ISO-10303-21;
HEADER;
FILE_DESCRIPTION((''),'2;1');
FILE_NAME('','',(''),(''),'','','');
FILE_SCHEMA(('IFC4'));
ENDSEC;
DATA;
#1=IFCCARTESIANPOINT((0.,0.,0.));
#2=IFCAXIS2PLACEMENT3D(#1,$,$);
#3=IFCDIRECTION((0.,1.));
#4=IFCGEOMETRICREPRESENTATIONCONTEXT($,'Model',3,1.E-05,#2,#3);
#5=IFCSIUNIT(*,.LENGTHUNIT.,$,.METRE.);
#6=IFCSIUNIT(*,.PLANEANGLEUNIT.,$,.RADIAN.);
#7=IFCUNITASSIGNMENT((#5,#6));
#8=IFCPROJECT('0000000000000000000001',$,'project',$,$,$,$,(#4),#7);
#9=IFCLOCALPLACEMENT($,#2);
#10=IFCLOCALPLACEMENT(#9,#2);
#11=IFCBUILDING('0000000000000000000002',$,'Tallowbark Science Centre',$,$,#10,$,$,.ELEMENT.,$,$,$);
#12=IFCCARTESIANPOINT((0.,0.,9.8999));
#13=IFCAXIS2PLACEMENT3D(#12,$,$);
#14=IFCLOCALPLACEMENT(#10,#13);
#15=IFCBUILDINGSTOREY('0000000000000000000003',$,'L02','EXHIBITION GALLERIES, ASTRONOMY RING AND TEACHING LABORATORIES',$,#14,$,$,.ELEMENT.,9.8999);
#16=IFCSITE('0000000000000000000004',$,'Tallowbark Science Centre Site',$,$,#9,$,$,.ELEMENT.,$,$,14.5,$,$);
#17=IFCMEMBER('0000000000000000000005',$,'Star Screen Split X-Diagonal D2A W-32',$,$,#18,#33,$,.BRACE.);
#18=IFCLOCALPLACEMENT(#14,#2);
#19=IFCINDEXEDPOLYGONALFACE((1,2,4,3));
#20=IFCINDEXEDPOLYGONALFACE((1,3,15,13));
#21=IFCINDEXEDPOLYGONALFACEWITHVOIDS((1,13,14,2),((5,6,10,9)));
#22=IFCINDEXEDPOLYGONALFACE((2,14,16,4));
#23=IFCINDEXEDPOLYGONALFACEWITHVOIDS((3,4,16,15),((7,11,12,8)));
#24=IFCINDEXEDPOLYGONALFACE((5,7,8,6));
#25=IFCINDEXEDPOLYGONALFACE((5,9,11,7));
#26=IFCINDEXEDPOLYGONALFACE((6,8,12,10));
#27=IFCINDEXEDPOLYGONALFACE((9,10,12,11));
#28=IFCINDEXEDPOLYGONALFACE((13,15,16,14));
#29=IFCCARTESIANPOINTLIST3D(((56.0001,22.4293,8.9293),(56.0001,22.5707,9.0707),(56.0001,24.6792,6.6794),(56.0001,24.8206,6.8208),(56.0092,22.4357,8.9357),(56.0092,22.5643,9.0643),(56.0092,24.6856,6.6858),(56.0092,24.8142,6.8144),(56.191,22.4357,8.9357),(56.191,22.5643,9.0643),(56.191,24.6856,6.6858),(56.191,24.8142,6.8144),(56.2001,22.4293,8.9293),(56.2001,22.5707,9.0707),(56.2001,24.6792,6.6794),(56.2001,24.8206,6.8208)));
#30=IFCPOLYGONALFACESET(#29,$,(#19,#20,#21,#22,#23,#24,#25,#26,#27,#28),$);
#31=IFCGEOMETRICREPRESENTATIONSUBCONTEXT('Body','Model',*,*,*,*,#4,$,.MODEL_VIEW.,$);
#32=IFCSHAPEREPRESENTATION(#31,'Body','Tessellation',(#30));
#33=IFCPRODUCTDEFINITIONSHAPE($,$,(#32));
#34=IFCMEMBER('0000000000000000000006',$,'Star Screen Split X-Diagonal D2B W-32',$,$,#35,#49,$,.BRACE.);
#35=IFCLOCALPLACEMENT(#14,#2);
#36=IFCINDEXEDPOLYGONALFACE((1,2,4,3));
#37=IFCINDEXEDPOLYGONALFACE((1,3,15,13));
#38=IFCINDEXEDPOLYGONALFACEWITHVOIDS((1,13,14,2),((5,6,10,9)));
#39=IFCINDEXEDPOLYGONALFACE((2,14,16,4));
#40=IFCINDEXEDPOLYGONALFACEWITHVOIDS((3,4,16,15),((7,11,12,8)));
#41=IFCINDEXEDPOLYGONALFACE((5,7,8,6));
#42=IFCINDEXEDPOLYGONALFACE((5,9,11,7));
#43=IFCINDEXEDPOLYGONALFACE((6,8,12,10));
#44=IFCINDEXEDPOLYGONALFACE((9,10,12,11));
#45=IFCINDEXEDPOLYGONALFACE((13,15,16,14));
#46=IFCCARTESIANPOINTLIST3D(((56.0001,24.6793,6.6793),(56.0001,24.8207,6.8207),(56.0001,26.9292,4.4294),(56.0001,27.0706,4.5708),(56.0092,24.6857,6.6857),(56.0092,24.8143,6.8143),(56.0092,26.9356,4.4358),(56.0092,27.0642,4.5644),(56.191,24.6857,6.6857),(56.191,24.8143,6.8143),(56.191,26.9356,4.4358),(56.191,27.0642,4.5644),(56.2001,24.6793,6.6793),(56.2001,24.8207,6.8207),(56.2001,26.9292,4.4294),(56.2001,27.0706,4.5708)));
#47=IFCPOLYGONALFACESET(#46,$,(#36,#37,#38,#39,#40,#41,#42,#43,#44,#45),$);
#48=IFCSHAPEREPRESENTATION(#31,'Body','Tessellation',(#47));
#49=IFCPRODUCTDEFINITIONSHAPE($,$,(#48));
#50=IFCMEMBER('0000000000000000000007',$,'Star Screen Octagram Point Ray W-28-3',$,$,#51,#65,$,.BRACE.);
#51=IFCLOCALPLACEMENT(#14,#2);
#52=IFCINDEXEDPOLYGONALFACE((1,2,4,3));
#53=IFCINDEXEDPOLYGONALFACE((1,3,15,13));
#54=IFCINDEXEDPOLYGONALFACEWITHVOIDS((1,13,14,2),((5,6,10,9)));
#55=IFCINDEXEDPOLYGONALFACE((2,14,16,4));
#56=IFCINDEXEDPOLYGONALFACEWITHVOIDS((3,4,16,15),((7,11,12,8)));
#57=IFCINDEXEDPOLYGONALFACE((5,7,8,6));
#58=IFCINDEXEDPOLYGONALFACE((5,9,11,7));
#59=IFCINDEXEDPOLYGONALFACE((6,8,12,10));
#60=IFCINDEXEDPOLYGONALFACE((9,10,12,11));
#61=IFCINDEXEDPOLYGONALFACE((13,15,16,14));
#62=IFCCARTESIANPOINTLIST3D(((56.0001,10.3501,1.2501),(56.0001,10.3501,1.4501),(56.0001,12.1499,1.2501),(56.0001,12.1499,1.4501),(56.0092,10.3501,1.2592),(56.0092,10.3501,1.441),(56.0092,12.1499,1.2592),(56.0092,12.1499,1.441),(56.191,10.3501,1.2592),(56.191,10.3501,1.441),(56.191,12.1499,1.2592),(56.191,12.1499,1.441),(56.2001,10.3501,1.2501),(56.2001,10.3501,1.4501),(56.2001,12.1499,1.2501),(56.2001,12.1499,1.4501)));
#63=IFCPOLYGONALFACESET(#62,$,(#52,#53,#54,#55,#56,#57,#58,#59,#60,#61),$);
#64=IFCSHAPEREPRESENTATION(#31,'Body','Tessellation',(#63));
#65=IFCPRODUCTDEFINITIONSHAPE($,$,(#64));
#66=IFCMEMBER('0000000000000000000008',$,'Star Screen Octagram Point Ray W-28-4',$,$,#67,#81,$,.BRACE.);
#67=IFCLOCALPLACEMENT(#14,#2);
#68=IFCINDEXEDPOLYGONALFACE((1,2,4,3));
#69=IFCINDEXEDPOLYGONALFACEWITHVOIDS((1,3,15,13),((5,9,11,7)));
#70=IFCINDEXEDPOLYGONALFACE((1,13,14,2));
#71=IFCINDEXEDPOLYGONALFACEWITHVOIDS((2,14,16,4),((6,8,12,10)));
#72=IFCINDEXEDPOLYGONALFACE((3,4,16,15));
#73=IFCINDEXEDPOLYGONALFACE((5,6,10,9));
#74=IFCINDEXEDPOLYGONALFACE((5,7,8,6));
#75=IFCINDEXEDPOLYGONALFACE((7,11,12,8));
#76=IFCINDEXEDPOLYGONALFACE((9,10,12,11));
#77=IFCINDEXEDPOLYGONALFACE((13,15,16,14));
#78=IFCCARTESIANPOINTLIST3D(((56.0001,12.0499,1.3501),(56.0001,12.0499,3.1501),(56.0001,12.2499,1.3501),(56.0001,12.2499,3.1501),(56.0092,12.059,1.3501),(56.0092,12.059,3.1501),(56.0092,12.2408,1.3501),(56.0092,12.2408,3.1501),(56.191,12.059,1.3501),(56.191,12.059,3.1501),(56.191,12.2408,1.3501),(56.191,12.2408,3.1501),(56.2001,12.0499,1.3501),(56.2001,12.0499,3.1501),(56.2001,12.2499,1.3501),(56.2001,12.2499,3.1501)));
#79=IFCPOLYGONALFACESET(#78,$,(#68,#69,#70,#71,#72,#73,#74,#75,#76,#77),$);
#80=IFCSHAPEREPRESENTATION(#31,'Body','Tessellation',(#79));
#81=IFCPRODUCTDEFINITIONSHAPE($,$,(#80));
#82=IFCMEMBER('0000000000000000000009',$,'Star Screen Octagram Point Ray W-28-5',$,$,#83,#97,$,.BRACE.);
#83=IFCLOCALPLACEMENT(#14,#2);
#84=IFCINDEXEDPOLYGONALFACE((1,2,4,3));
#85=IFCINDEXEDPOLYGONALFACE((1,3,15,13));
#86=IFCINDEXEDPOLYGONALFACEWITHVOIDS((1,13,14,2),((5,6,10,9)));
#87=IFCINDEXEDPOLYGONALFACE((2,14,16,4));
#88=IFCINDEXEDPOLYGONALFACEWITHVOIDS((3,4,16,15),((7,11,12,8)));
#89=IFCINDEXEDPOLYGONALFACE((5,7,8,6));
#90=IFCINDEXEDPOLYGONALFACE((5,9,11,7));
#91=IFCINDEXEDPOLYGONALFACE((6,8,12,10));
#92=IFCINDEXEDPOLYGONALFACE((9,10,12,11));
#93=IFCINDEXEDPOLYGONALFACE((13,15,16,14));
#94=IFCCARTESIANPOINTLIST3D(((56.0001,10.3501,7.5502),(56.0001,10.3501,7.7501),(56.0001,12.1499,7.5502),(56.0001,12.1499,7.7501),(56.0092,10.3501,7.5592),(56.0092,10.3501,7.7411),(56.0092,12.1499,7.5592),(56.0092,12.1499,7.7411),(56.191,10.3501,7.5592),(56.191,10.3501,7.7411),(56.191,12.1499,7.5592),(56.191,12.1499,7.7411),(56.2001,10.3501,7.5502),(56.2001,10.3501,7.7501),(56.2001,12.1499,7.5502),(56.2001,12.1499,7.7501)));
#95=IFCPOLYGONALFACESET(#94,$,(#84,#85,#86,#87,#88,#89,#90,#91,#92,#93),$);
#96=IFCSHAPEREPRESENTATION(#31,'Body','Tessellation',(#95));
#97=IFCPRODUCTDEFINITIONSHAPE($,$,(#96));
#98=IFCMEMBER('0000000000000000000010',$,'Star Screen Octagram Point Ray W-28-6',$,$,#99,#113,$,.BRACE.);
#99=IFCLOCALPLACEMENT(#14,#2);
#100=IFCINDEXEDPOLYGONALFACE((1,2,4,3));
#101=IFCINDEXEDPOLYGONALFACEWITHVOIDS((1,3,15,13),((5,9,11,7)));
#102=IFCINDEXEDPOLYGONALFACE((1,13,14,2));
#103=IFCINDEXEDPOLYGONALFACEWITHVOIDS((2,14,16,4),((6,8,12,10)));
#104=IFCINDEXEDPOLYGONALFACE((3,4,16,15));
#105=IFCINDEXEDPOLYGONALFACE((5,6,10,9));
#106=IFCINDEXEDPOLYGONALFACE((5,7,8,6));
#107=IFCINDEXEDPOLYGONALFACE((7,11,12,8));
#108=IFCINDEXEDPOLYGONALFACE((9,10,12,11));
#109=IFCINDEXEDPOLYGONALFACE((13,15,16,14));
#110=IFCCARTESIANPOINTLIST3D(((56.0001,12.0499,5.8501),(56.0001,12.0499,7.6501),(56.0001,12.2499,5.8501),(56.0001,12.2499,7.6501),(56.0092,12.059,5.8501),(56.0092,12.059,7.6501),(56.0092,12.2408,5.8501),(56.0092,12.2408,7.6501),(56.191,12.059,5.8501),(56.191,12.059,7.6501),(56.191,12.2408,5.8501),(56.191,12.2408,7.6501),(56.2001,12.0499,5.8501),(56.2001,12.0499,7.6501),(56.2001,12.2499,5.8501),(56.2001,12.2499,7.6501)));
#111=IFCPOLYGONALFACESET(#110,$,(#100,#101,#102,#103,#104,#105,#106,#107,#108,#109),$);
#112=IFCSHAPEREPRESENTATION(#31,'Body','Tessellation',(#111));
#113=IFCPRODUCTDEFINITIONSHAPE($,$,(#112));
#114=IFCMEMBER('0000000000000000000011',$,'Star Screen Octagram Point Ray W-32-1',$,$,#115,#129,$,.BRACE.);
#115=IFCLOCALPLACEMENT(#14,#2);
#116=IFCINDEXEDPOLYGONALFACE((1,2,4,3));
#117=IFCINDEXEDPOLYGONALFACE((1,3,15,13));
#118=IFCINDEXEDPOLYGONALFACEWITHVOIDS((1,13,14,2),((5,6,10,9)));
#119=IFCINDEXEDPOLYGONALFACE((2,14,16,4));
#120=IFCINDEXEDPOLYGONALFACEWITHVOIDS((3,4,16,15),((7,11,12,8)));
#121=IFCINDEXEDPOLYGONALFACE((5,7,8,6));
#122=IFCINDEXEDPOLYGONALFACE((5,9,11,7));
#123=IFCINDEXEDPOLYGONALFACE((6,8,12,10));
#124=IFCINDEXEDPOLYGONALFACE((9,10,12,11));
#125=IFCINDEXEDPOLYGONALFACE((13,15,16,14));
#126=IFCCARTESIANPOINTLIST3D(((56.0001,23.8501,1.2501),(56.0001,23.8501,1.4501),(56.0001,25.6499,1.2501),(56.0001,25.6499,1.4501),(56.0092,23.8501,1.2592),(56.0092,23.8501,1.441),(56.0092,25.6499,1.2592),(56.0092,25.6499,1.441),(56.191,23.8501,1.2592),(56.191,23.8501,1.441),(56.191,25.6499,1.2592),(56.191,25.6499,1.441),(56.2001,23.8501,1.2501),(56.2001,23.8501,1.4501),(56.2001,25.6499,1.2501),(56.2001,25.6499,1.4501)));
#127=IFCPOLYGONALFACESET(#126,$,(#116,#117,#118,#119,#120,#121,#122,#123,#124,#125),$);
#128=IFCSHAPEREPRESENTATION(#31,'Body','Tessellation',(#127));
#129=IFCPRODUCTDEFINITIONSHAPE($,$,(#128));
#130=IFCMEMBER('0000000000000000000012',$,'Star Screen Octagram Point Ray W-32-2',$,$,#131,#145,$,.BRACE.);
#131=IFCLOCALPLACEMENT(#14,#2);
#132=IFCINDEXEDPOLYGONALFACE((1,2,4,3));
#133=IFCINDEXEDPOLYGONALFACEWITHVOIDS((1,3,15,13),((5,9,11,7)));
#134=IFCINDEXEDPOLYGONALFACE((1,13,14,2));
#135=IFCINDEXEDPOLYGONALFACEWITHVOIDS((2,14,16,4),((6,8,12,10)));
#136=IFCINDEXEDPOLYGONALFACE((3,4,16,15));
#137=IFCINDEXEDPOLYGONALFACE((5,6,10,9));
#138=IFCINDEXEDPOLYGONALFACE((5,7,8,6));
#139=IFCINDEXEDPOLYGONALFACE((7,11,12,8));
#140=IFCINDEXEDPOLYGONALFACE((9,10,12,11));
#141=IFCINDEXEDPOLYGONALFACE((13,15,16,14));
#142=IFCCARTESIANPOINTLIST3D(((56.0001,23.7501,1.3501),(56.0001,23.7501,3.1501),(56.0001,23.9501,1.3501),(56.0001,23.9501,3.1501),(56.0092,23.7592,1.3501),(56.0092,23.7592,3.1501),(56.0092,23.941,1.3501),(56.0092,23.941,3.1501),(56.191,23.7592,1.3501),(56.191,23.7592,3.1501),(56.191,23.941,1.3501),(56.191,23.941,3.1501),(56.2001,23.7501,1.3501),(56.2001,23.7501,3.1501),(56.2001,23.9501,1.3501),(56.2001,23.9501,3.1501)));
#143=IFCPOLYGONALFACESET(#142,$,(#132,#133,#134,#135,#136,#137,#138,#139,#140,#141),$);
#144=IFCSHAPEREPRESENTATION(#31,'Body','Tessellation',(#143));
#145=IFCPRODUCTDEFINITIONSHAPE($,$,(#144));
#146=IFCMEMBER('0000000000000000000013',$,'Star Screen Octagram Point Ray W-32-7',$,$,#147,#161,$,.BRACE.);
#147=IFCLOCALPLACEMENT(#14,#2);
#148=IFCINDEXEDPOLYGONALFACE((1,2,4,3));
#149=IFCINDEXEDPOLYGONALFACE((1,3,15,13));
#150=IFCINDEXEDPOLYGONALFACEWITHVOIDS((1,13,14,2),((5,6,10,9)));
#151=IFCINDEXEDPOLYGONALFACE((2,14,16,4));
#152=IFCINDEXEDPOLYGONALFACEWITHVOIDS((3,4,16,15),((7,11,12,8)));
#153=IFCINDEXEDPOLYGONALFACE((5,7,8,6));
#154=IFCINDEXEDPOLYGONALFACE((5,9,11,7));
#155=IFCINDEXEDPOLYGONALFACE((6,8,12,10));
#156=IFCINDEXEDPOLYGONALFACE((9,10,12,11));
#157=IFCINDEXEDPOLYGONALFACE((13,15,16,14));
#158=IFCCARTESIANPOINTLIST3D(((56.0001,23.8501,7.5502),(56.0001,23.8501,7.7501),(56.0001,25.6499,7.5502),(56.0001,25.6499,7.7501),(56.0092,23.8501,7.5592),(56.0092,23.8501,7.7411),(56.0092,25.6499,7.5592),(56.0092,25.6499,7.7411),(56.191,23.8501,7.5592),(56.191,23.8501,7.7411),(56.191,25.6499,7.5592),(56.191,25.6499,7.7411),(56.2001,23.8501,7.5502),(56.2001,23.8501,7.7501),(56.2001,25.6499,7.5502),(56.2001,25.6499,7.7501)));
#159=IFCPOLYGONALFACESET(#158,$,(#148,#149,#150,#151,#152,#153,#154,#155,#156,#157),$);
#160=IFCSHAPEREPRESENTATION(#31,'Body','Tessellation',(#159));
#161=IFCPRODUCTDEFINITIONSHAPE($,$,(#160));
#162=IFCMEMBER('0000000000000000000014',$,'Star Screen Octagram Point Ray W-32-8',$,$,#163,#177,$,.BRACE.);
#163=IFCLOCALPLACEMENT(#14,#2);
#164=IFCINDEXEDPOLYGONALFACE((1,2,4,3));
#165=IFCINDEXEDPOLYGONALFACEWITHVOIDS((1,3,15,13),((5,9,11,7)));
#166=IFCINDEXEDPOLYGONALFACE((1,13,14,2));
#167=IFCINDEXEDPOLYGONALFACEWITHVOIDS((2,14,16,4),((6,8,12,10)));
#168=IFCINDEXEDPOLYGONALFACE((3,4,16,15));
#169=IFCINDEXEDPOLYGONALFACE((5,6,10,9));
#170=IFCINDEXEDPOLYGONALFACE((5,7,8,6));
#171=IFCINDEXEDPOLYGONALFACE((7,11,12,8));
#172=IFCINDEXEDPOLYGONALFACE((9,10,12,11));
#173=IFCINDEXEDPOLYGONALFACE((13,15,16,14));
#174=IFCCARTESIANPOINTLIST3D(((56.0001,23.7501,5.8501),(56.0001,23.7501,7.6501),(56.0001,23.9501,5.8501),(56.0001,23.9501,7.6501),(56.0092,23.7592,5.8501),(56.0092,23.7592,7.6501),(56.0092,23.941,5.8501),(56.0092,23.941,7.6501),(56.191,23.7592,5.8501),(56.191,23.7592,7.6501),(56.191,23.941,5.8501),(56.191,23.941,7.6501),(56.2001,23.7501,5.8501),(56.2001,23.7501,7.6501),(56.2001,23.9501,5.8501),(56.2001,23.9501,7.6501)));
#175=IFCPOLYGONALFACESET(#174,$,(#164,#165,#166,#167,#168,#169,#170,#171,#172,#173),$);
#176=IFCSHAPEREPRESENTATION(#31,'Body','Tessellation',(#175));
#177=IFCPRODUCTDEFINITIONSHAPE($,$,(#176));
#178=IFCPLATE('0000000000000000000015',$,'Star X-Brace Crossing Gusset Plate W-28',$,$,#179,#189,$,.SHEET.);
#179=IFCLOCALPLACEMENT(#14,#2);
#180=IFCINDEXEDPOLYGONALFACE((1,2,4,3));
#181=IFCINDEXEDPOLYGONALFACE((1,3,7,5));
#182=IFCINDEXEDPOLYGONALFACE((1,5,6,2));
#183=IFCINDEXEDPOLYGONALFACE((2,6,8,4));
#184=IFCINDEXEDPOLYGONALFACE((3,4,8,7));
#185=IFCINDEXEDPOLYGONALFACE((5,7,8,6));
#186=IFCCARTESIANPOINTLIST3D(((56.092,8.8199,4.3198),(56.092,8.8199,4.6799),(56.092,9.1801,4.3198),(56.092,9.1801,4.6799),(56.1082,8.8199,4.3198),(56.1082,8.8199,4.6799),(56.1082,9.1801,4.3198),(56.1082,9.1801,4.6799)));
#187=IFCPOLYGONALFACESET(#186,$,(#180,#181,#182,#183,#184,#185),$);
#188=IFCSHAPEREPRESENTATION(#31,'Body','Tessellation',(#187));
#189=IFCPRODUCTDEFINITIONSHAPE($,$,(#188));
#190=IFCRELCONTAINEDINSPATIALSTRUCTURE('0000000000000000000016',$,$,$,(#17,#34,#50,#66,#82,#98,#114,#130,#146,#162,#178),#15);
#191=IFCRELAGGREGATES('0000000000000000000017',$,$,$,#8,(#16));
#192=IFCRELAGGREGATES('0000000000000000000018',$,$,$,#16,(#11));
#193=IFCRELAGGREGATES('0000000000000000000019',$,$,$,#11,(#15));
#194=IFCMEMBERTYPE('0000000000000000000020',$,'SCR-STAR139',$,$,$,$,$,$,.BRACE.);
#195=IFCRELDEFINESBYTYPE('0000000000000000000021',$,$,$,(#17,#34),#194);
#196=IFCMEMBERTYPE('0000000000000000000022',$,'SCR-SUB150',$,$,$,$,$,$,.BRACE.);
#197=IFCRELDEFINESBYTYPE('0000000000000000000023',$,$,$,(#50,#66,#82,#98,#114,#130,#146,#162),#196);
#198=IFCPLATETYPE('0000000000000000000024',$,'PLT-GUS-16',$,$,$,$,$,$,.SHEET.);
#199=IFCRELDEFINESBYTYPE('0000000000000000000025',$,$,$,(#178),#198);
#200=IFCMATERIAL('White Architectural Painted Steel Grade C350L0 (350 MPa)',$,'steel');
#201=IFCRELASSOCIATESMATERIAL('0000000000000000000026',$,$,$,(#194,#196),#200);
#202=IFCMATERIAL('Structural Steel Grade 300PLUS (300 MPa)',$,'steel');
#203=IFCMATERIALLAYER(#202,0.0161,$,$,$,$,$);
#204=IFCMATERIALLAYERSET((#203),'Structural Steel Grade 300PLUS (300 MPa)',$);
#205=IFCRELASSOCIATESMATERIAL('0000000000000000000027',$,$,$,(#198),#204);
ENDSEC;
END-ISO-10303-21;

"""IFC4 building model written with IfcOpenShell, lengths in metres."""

from ifc_helpers import new_model, si_unit, direction, frame, origin, origin_2d, place, context, subcontext, project, spatial, rectangle, hollow_rectangle, extrude, material, layer, layer_set, material_profile, profile_set, type_object, element, save


model = new_model("IFC4")

# Units and contexts
model_context = context("Model", 3, precision=1e-05, world=origin(), true_north=direction((0.0, 1.0)))
body_context = subcontext(model_context, "Body", "Model", "MODEL_VIEW")
ifc_project = project(units=[si_unit("LENGTHUNIT", "METRE"), si_unit("PLANEANGLEUNIT", "RADIAN")], contexts=[model_context])

# Site, building, storey
site_placement = place(None, origin())
site = spatial("IfcSite", under=ifc_project, at=site_placement, Name="Tallowbark Science Centre Site", CompositionType="ELEMENT", RefElevation=14.5)
building_placement = place(site_placement, origin())
building = spatial("IfcBuilding", under=site, at=building_placement, Name="Tallowbark Science Centre", CompositionType="ELEMENT")
storey_placement = place(building_placement, frame((0.0, 0.0, 9.8999)))
storey = spatial("IfcBuildingStorey", under=building, at=storey_placement, Name="L02", Description="EXHIBITION GALLERIES, ASTRONOMY RING AND TEACHING LABORATORIES", CompositionType="ELEMENT", Elevation=9.8999)

# Shared definitions
ifc_material_1 = material(Name="White Architectural Painted Steel Grade C350L0 (350 MPa)", Category="steel")

# Members
ifc_material_profile_1 = material_profile(ifc_material_1, hollow_rectangle(XDim=0.2, YDim=0.2, WallThickness=0.009, at=origin_2d()), Name="200x200x9.0SHS")
ifc_profile_set_1 = profile_set([ifc_material_profile_1], Name="White Architectural Painted Steel Grade C350L0 (350 MPa)")
member_type_1 = type_object("IfcMemberType", Name="SCR-STAR139", PredefinedType="BRACE", material=ifc_profile_set_1)
for number, where, z_axis, x_axis, name in (
    (1, (56.1001, 22.5, 9.0), (0.0, 0.707107, -0.707107), (-1.0, 0.0, 0.0), "Star Screen Split X-Diagonal D2A W-32"),
    (2, (56.1001, 24.75, 6.75), (0.0, 0.707107, -0.707107), (-1.0, 0.0, 0.0), "Star Screen Split X-Diagonal D2B W-32"),
):
    element("IfcMember", number, at=place(storey_placement, frame(where, z_axis=z_axis, x_axis=x_axis)), inside=storey, type_object=member_type_1, Name=name, PredefinedType="BRACE", context=body_context, shape_type="SweptSolid", body=[
        extrude(hollow_rectangle(XDim=0.2, YDim=0.2, WallThickness=0.009, at=origin_2d()), origin(), (0.0, 0.0, 1.0), 3.1819),
    ])
ifc_material_profile_2 = material_profile(ifc_material_1, hollow_rectangle(XDim=0.2, YDim=0.2, WallThickness=0.009, at=origin_2d()), Name="200x200x9.0SHS")
ifc_profile_set_2 = profile_set([ifc_material_profile_2], Name="White Architectural Painted Steel Grade C350L0 (350 MPa)")
member_type_2 = type_object("IfcMemberType", Name="SCR-SUB150", PredefinedType="BRACE", material=ifc_profile_set_2)
member_1_placement = place(storey_placement, frame((56.1001, 12.1499, 1.3501), z_axis=(0.0, -1.0, 0.0), x_axis=(1.0, 0.0, 0.0)))
element("IfcMember", 3, at=member_1_placement, inside=storey, type_object=member_type_2, Name="Star Screen Octagram Point Ray W-28-3", PredefinedType="BRACE", context=body_context, shape_type="SweptSolid", body=[
    extrude(hollow_rectangle(XDim=0.2, YDim=0.2, WallThickness=0.009, at=origin_2d()), origin(), (0.0, 0.0, 1.0), 1.7998),
])
member_2_placement = place(storey_placement, frame((56.1001, 12.1499, 1.3501), z_axis=(0.0, 0.0, 1.0), x_axis=(1.0, 0.0, 0.0)))
element("IfcMember", 4, at=member_2_placement, inside=storey, type_object=member_type_2, Name="Star Screen Octagram Point Ray W-28-4", PredefinedType="BRACE", context=body_context, shape_type="SweptSolid", body=[
    extrude(hollow_rectangle(XDim=0.2, YDim=0.2, WallThickness=0.009, at=origin_2d()), origin(), (0.0, 0.0, 1.0), 1.8),
])
member_3_placement = place(storey_placement, frame((56.1001, 12.1499, 7.6501), z_axis=(0.0, -1.0, 0.0), x_axis=(1.0, 0.0, 0.0)))
element("IfcMember", 5, at=member_3_placement, inside=storey, type_object=member_type_2, Name="Star Screen Octagram Point Ray W-28-5", PredefinedType="BRACE", context=body_context, shape_type="SweptSolid", body=[
    extrude(hollow_rectangle(XDim=0.2, YDim=0.2, WallThickness=0.009, at=origin_2d()), origin(), (0.0, 0.0, 1.0), 1.7998),
])
member_4_placement = place(storey_placement, frame((56.1001, 12.1499, 7.6501), z_axis=(0.0, 0.0, -1.0), x_axis=(1.0, 0.0, 0.0)))
element("IfcMember", 6, at=member_4_placement, inside=storey, type_object=member_type_2, Name="Star Screen Octagram Point Ray W-28-6", PredefinedType="BRACE", context=body_context, shape_type="SweptSolid", body=[
    extrude(hollow_rectangle(XDim=0.2, YDim=0.2, WallThickness=0.009, at=origin_2d()), origin(), (0.0, 0.0, 1.0), 1.8),
])
member_5_placement = place(storey_placement, frame((56.1001, 23.8501, 1.3501), z_axis=(0.0, 1.0, 0.0), x_axis=(-1.0, 0.0, 0.0)))
element("IfcMember", 7, at=member_5_placement, inside=storey, type_object=member_type_2, Name="Star Screen Octagram Point Ray W-32-1", PredefinedType="BRACE", context=body_context, shape_type="SweptSolid", body=[
    extrude(hollow_rectangle(XDim=0.2, YDim=0.2, WallThickness=0.009, at=origin_2d()), origin(), (0.0, 0.0, 1.0), 1.7998),
])
member_6_placement = place(storey_placement, frame((56.1001, 23.8501, 1.3501), z_axis=(0.0, 0.0, 1.0), x_axis=(1.0, 0.0, 0.0)))
element("IfcMember", 8, at=member_6_placement, inside=storey, type_object=member_type_2, Name="Star Screen Octagram Point Ray W-32-2", PredefinedType="BRACE", context=body_context, shape_type="SweptSolid", body=[
    extrude(hollow_rectangle(XDim=0.2, YDim=0.2, WallThickness=0.009, at=origin_2d()), origin(), (0.0, 0.0, 1.0), 1.8),
])
member_7_placement = place(storey_placement, frame((56.1001, 23.8501, 7.6501), z_axis=(0.0, 1.0, 0.0), x_axis=(-1.0, 0.0, 0.0)))
element("IfcMember", 9, at=member_7_placement, inside=storey, type_object=member_type_2, Name="Star Screen Octagram Point Ray W-32-7", PredefinedType="BRACE", context=body_context, shape_type="SweptSolid", body=[
    extrude(hollow_rectangle(XDim=0.2, YDim=0.2, WallThickness=0.009, at=origin_2d()), origin(), (0.0, 0.0, 1.0), 1.7998),
])
member_8_placement = place(storey_placement, frame((56.1001, 23.8501, 7.6501), z_axis=(0.0, 0.0, -1.0), x_axis=(1.0, 0.0, 0.0)))
element("IfcMember", 10, at=member_8_placement, inside=storey, type_object=member_type_2, Name="Star Screen Octagram Point Ray W-32-8", PredefinedType="BRACE", context=body_context, shape_type="SweptSolid", body=[
    extrude(hollow_rectangle(XDim=0.2, YDim=0.2, WallThickness=0.009, at=origin_2d()), origin(), (0.0, 0.0, 1.0), 1.8),
])

# Plate
ifc_material_2 = material(Name="Structural Steel Grade 300PLUS (300 MPa)", Category="steel")
ifc_layer_1 = layer(ifc_material_2, 0.0161)
ifc_layer_set_1 = layer_set([ifc_layer_1], Name="Structural Steel Grade 300PLUS (300 MPa)")
plate_type_1 = type_object("IfcPlateType", Name="PLT-GUS-16", PredefinedType="SHEET", material=ifc_layer_set_1)
plate_1_placement = place(storey_placement, frame((56.1001, 9.0, 4.3198), z_axis=(0.0, 0.0, 1.0), x_axis=(0.0, 1.0, 0.0)))
element("IfcPlate", 11, at=plate_1_placement, inside=storey, type_object=plate_type_1, Name="Star X-Brace Crossing Gusset Plate W-28", PredefinedType="SHEET", context=body_context, shape_type="SweptSolid", body=[
    extrude(rectangle(XDim=0.3601, YDim=0.0161, at=origin_2d()), origin(), (0.0, 0.0, 1.0), 0.3601),
])

save(model, "model.ifc")
